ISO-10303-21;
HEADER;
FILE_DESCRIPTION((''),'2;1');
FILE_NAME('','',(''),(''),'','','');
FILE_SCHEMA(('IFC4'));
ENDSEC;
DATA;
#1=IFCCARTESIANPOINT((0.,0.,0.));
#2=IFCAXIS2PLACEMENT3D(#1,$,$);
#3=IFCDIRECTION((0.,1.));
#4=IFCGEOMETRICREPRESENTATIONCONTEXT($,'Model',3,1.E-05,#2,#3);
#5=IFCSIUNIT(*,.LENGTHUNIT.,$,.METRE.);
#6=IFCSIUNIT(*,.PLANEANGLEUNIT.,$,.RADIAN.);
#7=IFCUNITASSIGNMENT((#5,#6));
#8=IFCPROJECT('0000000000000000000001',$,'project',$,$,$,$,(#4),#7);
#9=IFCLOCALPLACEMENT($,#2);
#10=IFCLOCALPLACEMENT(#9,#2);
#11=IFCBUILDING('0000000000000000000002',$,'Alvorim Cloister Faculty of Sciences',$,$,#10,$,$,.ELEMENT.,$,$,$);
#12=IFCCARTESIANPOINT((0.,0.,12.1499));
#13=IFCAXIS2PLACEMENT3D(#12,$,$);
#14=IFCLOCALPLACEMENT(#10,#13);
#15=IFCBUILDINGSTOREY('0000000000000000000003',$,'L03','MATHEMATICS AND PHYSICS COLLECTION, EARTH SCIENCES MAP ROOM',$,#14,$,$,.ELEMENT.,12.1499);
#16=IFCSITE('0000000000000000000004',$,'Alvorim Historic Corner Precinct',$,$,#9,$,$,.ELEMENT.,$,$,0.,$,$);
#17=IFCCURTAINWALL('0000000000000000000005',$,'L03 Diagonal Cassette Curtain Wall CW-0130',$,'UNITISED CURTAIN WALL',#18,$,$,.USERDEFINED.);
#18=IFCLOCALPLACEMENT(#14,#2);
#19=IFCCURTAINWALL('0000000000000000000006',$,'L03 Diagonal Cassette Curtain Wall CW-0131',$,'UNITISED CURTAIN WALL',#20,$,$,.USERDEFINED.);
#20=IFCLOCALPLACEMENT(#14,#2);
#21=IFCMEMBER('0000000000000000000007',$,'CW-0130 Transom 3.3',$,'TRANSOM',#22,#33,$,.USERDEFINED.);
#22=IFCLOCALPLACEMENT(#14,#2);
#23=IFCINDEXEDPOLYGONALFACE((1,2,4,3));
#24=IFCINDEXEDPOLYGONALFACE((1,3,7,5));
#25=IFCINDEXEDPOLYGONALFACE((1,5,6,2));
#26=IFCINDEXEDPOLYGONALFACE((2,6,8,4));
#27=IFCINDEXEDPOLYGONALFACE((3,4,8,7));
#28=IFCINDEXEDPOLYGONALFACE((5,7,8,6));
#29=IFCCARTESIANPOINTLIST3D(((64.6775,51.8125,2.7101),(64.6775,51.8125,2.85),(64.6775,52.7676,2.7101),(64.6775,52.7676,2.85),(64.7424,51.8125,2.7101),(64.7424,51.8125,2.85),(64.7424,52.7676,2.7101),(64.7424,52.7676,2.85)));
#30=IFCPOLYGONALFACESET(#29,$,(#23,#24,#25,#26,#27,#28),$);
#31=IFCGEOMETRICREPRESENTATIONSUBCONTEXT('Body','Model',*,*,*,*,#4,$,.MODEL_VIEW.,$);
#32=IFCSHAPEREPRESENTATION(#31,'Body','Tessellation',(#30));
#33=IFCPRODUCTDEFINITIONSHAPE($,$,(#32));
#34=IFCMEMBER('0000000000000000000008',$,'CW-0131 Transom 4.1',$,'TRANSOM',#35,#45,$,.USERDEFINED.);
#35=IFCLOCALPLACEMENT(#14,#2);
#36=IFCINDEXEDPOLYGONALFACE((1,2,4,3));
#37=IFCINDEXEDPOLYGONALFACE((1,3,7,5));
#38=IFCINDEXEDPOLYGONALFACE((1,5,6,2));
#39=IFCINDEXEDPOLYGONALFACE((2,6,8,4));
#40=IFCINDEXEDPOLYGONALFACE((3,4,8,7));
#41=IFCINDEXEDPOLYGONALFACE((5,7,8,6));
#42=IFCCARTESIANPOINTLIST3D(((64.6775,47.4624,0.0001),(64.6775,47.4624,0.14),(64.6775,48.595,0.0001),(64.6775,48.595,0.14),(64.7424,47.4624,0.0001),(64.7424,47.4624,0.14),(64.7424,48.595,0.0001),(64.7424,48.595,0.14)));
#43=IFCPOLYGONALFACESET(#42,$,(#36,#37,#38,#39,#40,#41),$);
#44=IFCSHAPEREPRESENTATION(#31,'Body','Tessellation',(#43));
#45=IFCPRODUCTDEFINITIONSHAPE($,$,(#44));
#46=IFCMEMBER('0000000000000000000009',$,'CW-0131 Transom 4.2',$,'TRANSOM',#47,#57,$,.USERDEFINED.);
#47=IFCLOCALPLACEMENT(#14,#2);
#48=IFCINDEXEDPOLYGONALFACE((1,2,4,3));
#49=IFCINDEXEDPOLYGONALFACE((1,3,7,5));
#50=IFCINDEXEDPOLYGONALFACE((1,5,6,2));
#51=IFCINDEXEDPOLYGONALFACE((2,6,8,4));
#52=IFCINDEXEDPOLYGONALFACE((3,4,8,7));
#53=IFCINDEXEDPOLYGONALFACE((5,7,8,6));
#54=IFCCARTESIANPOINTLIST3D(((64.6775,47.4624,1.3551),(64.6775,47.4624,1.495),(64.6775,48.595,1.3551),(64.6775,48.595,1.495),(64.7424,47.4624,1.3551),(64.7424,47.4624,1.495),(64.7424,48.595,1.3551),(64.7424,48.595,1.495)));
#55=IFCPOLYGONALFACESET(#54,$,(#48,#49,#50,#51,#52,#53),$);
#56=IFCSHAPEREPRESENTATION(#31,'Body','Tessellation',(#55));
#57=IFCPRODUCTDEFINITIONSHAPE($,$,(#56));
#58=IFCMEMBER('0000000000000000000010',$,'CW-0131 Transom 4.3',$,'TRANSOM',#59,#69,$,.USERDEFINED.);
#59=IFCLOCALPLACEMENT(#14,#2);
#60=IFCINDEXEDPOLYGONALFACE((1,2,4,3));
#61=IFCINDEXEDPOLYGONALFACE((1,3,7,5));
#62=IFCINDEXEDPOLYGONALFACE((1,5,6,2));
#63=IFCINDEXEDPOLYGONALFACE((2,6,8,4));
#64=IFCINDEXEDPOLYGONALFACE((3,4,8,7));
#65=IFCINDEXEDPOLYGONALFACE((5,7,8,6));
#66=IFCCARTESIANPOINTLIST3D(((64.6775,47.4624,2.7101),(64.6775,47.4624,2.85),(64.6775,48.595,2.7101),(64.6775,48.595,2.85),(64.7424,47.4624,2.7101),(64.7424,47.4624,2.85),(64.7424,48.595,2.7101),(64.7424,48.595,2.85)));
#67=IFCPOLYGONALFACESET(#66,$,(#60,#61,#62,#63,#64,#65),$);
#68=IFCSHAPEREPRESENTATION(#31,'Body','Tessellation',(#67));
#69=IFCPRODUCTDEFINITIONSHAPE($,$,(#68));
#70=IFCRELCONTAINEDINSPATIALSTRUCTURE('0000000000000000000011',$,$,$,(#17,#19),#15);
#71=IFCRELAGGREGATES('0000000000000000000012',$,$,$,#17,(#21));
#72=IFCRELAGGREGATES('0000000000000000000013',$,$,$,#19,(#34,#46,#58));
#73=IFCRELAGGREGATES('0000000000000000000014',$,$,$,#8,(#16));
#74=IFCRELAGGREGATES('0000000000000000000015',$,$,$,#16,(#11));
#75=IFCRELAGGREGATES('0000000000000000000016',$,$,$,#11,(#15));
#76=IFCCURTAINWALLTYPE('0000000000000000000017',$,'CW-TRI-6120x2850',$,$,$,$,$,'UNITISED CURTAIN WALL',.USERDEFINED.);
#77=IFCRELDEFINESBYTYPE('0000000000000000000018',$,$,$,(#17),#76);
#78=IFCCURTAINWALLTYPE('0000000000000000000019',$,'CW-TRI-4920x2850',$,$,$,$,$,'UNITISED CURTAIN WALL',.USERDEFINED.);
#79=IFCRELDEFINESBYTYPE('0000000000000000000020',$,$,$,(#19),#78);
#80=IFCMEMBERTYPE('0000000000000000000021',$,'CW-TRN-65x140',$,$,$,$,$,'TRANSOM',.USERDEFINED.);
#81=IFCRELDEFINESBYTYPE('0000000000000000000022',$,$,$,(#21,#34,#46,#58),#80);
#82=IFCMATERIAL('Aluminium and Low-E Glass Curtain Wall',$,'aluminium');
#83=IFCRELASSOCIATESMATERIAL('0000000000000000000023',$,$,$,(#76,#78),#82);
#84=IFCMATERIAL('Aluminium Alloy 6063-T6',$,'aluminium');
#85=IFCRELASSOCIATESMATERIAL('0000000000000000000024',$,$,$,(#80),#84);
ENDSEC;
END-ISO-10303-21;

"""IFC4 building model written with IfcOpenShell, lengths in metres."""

from ifc_helpers import new_model, si_unit, direction, frame, origin, origin_2d, place, context, subcontext, project, spatial, rectangle, extrude, material, material_profile, profile_set, type_object, element, aggregate, save


model = new_model("IFC4")

# Units and contexts
model_context = context("Model", 3, precision=1e-05, world=origin(), true_north=direction((0.0, 1.0)))
body_context = subcontext(model_context, "Body", "Model", "MODEL_VIEW")
ifc_project = project(units=[si_unit("LENGTHUNIT", "METRE"), si_unit("PLANEANGLEUNIT", "RADIAN")], contexts=[model_context])

# Site, building, storey
site_placement = place(None, origin())
site = spatial("IfcSite", under=ifc_project, at=site_placement, Name="Alvorim Historic Corner Precinct", CompositionType="ELEMENT", RefElevation=0.0)
building_placement = place(site_placement, origin())
building = spatial("IfcBuilding", under=site, at=building_placement, Name="Alvorim Cloister Faculty of Sciences", CompositionType="ELEMENT")
storey_placement = place(building_placement, frame((0.0, 0.0, 12.1499)))
storey = spatial("IfcBuildingStorey", under=building, at=storey_placement, Name="L03", Description="MATHEMATICS AND PHYSICS COLLECTION, EARTH SCIENCES MAP ROOM", CompositionType="ELEMENT", Elevation=12.1499)

# Curtain walls
ifc_material_1 = material(Name="Aluminium and Low-E Glass Curtain Wall", Category="aluminium")
curtain_wall_type_1 = type_object("IfcCurtainWallType", Name="CW-TRI-6120x2850", ElementType="UNITISED CURTAIN WALL", PredefinedType="USERDEFINED", material=ifc_material_1)
curtain_wall_1_placement = place(storey_placement, origin())
curtain_wall_1 = element("IfcCurtainWall", 1, at=curtain_wall_1_placement, inside=storey, type_object=curtain_wall_type_1, Name="L03 Diagonal Cassette Curtain Wall CW-0130", ObjectType="UNITISED CURTAIN WALL", PredefinedType="USERDEFINED")
ifc_material_2 = material(Name="Aluminium Alloy 6063-T6", Category="aluminium")
curtain_wall_type_2 = type_object("IfcCurtainWallType", Name="CW-TRI-4920x2850", ElementType="UNITISED CURTAIN WALL", PredefinedType="USERDEFINED", material=ifc_material_1)
curtain_wall_2_placement = place(storey_placement, origin())
curtain_wall_2 = element("IfcCurtainWall", 2, at=curtain_wall_2_placement, inside=storey, type_object=curtain_wall_type_2, Name="L03 Diagonal Cassette Curtain Wall CW-0131", ObjectType="UNITISED CURTAIN WALL", PredefinedType="USERDEFINED")

# Members
ifc_material_profile_1 = material_profile(ifc_material_2, rectangle(XDim=0.0649, YDim=0.1399, at=origin_2d()), Name="ALU-TRN-65x140")
ifc_profile_set_1 = profile_set([ifc_material_profile_1], Name="Aluminium Alloy 6063-T6")
member_type_1 = type_object("IfcMemberType", Name="CW-TRN-65x140", ElementType="TRANSOM", PredefinedType="USERDEFINED", material=ifc_profile_set_1)
member_1_placement = place(storey_placement, frame((64.71, 51.8125, 2.78), z_axis=(0.0, 1.0, 0.0), x_axis=(-1.0, 0.0, 0.0)))
member_1 = element("IfcMember", 3, at=member_1_placement, type_object=member_type_1, Name="CW-0130 Transom 3.3", ObjectType="TRANSOM", PredefinedType="USERDEFINED", context=body_context, shape_type="SweptSolid", body=[
    extrude(rectangle(XDim=0.0649, YDim=0.1399, at=origin_2d()), origin(), (0.0, 0.0, 1.0), 0.9551),
])
aggregate(curtain_wall_1, [member_1])
member_2_placement = place(storey_placement, frame((64.71, 47.4624, 0.0701), z_axis=(0.0, 1.0, 0.0), x_axis=(-1.0, 0.0, 0.0)))
member_2 = element("IfcMember", 4, at=member_2_placement, type_object=member_type_1, Name="CW-0131 Transom 4.1", ObjectType="TRANSOM", PredefinedType="USERDEFINED", context=body_context, shape_type="SweptSolid", body=[
    extrude(rectangle(XDim=0.0649, YDim=0.1399, at=origin_2d()), origin(), (0.0, 0.0, 1.0), 1.1326),
])
member_3_placement = place(storey_placement, frame((64.71, 47.4624, 1.425), z_axis=(0.0, 1.0, 0.0), x_axis=(-1.0, 0.0, 0.0)))
member_3 = element("IfcMember", 5, at=member_3_placement, type_object=member_type_1, Name="CW-0131 Transom 4.2", ObjectType="TRANSOM", PredefinedType="USERDEFINED", context=body_context, shape_type="SweptSolid", body=[
    extrude(rectangle(XDim=0.0649, YDim=0.1399, at=origin_2d()), origin(), (0.0, 0.0, 1.0), 1.1326),
])
member_4_placement = place(storey_placement, frame((64.71, 47.4624, 2.78), z_axis=(0.0, 1.0, 0.0), x_axis=(-1.0, 0.0, 0.0)))
member_4 = element("IfcMember", 6, at=member_4_placement, type_object=member_type_1, Name="CW-0131 Transom 4.3", ObjectType="TRANSOM", PredefinedType="USERDEFINED", context=body_context, shape_type="SweptSolid", body=[
    extrude(rectangle(XDim=0.0649, YDim=0.1399, at=origin_2d()), origin(), (0.0, 0.0, 1.0), 1.1326),
])
aggregate(curtain_wall_2, [member_2, member_3, member_4])

save(model, "model.ifc")
